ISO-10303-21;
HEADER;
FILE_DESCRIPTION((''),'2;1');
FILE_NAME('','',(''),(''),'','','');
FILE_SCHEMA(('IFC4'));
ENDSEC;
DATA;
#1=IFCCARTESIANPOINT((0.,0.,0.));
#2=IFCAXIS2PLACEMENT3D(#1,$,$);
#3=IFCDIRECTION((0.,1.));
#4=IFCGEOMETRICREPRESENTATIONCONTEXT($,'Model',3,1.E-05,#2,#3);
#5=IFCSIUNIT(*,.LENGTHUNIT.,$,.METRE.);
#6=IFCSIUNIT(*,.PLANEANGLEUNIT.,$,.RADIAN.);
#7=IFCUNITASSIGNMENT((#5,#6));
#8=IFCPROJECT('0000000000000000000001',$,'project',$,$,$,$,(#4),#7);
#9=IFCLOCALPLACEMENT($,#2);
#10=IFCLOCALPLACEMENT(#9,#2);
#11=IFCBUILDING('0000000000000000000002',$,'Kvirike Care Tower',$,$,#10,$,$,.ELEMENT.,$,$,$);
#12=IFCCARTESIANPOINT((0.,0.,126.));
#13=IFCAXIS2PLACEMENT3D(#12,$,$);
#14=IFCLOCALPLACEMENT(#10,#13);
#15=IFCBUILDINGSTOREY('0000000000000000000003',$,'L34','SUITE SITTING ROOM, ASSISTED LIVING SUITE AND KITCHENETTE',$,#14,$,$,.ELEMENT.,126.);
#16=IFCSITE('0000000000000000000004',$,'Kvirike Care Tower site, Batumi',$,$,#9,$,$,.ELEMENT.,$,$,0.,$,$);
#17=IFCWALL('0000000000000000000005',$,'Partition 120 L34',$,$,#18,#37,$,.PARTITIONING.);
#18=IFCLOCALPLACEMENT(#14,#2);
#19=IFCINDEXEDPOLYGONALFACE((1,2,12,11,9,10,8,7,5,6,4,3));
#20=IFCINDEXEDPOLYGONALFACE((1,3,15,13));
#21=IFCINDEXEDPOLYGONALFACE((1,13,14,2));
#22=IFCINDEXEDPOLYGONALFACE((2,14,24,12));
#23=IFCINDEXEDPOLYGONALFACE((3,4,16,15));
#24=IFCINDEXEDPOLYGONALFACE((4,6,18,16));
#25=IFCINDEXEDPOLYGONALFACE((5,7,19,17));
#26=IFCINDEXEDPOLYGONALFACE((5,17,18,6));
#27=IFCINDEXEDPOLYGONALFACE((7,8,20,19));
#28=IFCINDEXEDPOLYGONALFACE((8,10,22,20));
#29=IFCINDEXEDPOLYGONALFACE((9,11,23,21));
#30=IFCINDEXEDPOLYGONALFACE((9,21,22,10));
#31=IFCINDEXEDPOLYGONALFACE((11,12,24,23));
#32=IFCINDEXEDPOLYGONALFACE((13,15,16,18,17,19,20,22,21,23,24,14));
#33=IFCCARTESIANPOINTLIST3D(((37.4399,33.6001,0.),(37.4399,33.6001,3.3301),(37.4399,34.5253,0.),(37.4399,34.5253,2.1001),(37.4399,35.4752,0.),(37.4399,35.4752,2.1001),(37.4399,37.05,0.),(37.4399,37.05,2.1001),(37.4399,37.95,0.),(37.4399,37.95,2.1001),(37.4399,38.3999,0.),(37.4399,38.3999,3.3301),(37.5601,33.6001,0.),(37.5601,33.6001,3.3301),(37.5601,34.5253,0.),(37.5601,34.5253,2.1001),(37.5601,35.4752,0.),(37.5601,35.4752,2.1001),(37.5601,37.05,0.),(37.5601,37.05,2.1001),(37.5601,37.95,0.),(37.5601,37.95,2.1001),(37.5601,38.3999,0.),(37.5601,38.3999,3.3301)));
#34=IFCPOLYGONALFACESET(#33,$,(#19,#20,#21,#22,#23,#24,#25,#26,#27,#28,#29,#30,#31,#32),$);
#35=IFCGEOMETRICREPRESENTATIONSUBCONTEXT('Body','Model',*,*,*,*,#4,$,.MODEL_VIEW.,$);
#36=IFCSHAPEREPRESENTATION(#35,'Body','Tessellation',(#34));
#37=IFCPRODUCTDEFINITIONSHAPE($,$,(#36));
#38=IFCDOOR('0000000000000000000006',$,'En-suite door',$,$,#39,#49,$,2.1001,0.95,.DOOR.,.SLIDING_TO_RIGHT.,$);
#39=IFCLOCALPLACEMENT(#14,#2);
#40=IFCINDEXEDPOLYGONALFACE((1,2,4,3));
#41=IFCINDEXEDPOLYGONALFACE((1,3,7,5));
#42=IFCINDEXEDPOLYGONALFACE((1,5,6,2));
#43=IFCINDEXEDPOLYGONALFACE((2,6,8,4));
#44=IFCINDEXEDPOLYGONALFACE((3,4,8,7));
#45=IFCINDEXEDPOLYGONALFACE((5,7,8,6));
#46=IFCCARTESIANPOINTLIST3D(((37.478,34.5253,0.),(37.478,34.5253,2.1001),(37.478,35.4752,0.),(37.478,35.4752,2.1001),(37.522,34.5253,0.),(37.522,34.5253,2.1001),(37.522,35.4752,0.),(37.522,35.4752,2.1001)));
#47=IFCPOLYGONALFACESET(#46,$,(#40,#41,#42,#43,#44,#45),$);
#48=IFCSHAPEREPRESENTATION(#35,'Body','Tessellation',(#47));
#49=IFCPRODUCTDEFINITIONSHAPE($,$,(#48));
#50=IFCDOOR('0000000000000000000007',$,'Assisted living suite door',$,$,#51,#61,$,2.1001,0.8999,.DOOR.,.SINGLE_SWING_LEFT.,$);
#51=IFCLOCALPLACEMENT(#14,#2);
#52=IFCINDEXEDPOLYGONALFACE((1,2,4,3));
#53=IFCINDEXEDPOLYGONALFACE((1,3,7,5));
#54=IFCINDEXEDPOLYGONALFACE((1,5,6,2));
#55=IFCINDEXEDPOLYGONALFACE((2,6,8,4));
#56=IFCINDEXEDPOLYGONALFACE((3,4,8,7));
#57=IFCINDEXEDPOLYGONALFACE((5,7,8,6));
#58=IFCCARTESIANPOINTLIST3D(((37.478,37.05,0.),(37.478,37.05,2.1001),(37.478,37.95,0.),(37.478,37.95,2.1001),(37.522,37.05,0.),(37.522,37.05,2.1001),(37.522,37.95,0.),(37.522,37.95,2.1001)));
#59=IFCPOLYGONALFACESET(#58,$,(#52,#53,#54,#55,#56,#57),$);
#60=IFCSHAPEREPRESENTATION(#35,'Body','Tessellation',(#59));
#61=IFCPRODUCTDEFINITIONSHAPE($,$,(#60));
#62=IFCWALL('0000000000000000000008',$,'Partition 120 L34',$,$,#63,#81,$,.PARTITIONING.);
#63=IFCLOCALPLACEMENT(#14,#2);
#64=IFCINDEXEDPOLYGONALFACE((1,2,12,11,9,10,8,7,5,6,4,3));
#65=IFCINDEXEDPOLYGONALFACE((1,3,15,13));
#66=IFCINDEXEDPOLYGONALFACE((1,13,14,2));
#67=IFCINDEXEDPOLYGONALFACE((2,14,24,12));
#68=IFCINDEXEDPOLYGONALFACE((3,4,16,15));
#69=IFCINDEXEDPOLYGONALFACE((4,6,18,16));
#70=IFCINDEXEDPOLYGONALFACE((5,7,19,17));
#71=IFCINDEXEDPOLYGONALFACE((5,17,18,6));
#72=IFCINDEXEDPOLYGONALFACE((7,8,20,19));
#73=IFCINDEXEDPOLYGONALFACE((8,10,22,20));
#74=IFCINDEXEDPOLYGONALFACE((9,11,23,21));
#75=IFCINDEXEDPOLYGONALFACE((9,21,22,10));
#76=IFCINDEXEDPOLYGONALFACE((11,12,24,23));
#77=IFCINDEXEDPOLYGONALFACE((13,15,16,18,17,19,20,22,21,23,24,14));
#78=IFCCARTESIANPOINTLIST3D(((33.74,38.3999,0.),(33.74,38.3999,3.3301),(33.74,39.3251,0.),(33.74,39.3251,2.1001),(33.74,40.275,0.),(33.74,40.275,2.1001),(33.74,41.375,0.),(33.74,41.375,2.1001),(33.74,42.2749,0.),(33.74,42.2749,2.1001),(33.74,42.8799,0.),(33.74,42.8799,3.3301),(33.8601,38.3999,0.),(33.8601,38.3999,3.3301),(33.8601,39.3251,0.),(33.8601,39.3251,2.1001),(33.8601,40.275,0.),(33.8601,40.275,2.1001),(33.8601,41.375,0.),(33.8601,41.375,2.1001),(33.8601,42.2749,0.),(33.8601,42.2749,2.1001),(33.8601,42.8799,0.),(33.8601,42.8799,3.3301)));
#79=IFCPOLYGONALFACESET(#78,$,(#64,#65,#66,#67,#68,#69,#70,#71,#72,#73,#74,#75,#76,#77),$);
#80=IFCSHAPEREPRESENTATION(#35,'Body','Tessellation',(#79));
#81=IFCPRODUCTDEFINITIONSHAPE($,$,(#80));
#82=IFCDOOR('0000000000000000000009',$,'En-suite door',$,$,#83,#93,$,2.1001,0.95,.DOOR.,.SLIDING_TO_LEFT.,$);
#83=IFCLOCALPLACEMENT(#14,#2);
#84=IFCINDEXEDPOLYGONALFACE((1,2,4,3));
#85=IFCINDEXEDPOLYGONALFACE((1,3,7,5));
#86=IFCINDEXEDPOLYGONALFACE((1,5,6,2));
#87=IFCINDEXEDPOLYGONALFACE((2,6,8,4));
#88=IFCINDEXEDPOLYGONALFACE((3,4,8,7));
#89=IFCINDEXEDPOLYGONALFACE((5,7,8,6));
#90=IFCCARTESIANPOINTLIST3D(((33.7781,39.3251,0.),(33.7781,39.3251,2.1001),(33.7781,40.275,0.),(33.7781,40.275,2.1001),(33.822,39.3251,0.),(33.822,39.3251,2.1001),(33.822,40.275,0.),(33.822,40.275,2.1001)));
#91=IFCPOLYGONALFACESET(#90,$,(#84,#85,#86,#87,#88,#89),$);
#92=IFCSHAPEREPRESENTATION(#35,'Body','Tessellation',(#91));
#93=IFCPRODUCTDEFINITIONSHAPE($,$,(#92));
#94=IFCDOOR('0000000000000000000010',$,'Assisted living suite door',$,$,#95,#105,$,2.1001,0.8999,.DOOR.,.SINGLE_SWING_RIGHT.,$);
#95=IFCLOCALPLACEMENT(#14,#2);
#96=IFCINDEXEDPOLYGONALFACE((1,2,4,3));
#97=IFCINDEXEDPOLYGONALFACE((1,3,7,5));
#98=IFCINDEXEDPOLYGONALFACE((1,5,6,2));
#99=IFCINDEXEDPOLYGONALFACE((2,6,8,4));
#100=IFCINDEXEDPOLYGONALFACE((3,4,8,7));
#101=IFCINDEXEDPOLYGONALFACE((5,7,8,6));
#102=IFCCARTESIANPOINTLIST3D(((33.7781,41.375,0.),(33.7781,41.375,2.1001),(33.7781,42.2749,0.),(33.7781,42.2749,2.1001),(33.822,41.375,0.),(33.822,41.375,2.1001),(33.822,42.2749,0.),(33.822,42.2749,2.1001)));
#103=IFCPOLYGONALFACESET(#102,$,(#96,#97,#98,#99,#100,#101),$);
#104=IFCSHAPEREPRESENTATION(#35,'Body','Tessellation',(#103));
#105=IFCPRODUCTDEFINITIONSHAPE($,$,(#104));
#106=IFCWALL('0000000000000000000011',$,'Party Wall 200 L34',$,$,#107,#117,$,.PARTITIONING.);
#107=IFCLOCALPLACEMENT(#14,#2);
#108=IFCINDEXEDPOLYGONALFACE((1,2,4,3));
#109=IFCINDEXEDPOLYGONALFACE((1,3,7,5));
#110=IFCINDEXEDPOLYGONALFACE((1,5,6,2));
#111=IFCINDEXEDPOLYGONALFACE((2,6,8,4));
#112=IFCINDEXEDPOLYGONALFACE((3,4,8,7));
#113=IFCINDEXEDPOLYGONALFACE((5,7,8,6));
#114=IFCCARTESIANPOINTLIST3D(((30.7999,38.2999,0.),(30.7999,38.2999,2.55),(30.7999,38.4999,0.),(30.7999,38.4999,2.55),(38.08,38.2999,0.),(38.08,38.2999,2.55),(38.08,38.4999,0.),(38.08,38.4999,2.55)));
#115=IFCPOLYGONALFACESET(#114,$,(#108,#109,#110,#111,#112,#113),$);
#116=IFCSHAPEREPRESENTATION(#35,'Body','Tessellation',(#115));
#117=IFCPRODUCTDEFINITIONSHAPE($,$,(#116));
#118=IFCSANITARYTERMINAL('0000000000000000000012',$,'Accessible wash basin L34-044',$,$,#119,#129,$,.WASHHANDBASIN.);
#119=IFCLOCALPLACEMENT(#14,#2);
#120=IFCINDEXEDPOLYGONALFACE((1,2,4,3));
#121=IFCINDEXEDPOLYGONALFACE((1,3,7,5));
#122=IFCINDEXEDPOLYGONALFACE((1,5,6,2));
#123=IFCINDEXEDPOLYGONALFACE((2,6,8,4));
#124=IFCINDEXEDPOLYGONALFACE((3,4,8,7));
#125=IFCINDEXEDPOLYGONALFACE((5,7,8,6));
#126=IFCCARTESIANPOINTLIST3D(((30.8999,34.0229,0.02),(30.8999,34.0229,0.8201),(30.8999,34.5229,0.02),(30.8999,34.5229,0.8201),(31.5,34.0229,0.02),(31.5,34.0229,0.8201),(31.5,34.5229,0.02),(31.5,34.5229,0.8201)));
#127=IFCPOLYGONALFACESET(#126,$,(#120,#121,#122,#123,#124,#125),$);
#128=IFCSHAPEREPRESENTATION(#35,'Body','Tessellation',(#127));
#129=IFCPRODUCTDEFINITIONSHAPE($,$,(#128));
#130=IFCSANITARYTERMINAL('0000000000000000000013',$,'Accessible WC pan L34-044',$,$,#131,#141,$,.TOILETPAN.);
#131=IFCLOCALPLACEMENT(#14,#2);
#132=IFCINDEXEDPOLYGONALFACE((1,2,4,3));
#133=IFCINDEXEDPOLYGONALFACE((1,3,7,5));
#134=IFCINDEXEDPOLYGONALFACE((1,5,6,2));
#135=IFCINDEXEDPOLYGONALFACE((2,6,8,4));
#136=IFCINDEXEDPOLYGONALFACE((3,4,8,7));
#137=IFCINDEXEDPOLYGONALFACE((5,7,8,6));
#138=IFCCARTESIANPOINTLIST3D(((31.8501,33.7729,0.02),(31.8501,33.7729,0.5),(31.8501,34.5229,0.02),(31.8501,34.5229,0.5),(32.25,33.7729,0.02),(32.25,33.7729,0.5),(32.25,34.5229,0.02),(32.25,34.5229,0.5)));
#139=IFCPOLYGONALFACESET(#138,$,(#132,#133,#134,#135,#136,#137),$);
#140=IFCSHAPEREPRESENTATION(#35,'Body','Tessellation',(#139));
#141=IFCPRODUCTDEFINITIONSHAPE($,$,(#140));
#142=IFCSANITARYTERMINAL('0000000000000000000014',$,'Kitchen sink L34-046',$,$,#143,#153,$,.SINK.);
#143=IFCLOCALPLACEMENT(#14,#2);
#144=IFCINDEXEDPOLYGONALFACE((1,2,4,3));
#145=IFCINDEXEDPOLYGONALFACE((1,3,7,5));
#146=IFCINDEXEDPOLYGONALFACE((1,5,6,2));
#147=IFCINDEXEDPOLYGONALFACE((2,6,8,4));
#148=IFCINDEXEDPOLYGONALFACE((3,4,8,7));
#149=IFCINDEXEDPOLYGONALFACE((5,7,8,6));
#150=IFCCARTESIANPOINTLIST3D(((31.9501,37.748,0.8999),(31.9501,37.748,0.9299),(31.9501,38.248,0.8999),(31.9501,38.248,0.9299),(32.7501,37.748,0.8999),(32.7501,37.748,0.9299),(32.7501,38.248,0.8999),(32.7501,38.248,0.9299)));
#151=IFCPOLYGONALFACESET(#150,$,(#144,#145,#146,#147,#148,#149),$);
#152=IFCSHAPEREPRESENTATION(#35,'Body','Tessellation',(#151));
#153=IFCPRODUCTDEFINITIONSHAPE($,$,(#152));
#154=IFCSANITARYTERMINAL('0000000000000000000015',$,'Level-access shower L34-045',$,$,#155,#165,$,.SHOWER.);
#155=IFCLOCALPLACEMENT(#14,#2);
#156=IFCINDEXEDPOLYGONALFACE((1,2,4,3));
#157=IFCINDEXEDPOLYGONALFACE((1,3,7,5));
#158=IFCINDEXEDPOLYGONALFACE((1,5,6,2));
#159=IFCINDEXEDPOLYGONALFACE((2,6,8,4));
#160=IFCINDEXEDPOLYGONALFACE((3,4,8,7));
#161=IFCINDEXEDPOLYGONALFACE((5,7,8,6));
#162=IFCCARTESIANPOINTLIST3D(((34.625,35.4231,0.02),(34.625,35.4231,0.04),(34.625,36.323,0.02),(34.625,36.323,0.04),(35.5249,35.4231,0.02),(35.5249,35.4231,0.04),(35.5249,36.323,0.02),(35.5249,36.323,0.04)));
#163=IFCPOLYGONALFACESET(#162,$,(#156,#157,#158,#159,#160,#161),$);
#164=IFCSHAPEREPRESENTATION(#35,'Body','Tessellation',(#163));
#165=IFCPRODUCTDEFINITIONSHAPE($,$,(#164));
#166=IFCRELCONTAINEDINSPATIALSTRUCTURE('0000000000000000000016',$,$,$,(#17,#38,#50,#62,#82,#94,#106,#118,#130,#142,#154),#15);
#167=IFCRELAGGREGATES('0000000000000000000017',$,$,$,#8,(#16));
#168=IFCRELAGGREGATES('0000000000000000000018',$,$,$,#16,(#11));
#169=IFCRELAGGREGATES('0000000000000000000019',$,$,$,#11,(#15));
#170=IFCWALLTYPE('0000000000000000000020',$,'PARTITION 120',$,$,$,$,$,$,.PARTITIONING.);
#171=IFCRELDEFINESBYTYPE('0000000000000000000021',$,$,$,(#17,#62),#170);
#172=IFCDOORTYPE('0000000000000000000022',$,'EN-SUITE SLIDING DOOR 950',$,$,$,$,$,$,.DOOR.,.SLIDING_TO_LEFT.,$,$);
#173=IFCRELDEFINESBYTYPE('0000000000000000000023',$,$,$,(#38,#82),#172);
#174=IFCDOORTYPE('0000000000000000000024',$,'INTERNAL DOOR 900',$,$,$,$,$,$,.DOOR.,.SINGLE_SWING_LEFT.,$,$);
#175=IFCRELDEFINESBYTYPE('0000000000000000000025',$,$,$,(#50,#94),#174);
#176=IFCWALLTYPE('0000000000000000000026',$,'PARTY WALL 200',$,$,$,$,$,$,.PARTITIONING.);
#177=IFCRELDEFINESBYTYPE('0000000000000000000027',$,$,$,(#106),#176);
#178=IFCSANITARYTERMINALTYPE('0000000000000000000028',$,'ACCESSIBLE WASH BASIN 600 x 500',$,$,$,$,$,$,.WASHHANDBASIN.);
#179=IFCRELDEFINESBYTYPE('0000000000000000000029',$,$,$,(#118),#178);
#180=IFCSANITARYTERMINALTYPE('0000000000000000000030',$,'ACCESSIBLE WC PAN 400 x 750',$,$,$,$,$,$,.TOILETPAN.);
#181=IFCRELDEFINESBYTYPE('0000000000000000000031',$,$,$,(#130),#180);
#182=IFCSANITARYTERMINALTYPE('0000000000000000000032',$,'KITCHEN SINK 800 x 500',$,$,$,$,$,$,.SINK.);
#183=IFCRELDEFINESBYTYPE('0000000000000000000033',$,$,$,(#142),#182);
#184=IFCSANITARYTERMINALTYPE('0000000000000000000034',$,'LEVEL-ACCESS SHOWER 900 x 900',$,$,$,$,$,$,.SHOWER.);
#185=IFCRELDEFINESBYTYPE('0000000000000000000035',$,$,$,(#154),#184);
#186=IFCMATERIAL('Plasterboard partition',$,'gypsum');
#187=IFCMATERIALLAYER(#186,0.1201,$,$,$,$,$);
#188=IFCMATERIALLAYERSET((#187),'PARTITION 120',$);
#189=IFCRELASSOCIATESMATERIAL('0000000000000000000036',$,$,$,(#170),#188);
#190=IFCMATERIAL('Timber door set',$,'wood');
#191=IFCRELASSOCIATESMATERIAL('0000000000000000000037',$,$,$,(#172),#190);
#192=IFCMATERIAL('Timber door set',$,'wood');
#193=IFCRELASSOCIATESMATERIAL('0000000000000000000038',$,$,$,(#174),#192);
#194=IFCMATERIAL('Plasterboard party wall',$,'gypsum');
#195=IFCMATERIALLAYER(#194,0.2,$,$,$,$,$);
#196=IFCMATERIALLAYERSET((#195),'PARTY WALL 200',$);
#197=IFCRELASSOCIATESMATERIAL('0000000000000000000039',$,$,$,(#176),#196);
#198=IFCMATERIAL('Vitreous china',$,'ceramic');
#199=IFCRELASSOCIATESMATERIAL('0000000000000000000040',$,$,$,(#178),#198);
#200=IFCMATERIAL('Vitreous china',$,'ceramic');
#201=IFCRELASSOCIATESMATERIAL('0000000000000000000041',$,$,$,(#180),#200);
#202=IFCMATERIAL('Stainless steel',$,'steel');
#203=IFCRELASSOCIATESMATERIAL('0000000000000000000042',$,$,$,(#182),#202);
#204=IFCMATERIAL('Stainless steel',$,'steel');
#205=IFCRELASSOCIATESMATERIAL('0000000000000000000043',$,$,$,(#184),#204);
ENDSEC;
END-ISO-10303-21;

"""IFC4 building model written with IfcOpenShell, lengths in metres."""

from ifc_helpers import new_model, si_unit, direction, frame, frame_2d, origin, origin_2d, place, context, subcontext, project, spatial, rectangle, extrude, material, layer, layer_set, type_object, element, fill, save


model = new_model("IFC4")

# Units and contexts
model_context = context("Model", 3, precision=1e-05, world=origin(), true_north=direction((0.0, 1.0)))
body_context = subcontext(model_context, "Body", "Model", "MODEL_VIEW")
ifc_project = project(units=[si_unit("LENGTHUNIT", "METRE"), si_unit("PLANEANGLEUNIT", "RADIAN")], contexts=[model_context])

# Site, building, storey
site_placement = place(None, origin())
site = spatial("IfcSite", under=ifc_project, at=site_placement, Name="Kvirike Care Tower site, Batumi", CompositionType="ELEMENT", RefElevation=0.0)
building_placement = place(site_placement, origin())
building = spatial("IfcBuilding", under=site, at=building_placement, Name="Kvirike Care Tower", CompositionType="ELEMENT")
storey_placement = place(building_placement, frame((0.0, 0.0, 126.0)))
storey = spatial("IfcBuildingStorey", under=building, at=storey_placement, Name="L34", Description="SUITE SITTING ROOM, ASSISTED LIVING SUITE AND KITCHENETTE", CompositionType="ELEMENT", Elevation=126.0)

# Walls, openings, doors
ifc_material_1 = material(Name="Plasterboard partition", Category="gypsum")
ifc_layer_1 = layer(ifc_material_1, 0.1201)
ifc_layer_set_1 = layer_set([ifc_layer_1], Name="PARTITION 120")
wall_type_1 = type_object("IfcWallType", Name="PARTITION 120", PredefinedType="PARTITIONING", material=ifc_layer_set_1)
wall_1_placement = place(storey_placement, frame((37.5, 33.6001, 0.0), z_axis=(0.0, 0.0, 1.0), x_axis=(0.0, 1.0, 0.0)))
wall_1 = element("IfcWall", 1, at=wall_1_placement, inside=storey, type_object=wall_type_1, Name="Partition 120 L34", PredefinedType="PARTITIONING", context=body_context, shape_type="SweptSolid", body=[
    extrude(rectangle(XDim=4.7998, YDim=0.1201, at=frame_2d((2.3999, 0.0))), origin(), (0.0, 0.0, 1.0), 3.3301),
])
opening_1_placement = place(wall_1_placement, frame((3.45, 0.0, 0.0)))
opening_1 = element("IfcOpeningElement", 2, at=opening_1_placement, cuts=wall_1, PredefinedType="OPENING", context=body_context, shape_type="SweptSolid", body=[
    extrude(rectangle(XDim=0.8999, YDim=2.1001, at=frame_2d((0.45, 1.05))), frame((0.0, 0.0706, 0.0), z_axis=(0.0, -1.0, 0.0), x_axis=(1.0, 0.0, 0.0)), (0.0, 0.0, 1.0), 0.1411),
])
opening_2_placement = place(wall_1_placement, frame((0.925, 0.0, 0.0)))
opening_2 = element("IfcOpeningElement", 3, at=opening_2_placement, cuts=wall_1, PredefinedType="OPENING", context=body_context, shape_type="SweptSolid", body=[
    extrude(rectangle(XDim=0.95, YDim=2.1001, at=frame_2d((0.4751, 1.05))), frame((0.0, 0.0706, 0.0), z_axis=(0.0, -1.0, 0.0), x_axis=(1.0, 0.0, 0.0)), (0.0, 0.0, 1.0), 0.1411),
])
ifc_material_2 = material(Name="Timber door set", Category="wood")
door_type_1 = type_object("IfcDoorType", Name="EN-SUITE SLIDING DOOR 950", OperationType="SLIDING_TO_LEFT", PredefinedType="DOOR", material=ifc_material_2)
door_1_placement = place(opening_2_placement, origin())
door_1 = element("IfcDoor", 4, at=door_1_placement, inside=storey, type_object=door_type_1, Name="En-suite door", OperationType="SLIDING_TO_RIGHT", OverallHeight=2.1001, OverallWidth=0.95, PredefinedType="DOOR", context=body_context, shape_type="SweptSolid", body=[
    extrude(rectangle(XDim=0.95, YDim=2.1001, at=frame_2d((0.4751, 1.05))), frame((0.0, 0.022, 0.0), z_axis=(0.0, -1.0, 0.0), x_axis=(1.0, 0.0, 0.0)), (0.0, 0.0, 1.0), 0.0439),
])
fill(opening_2, door_1)
ifc_material_3 = material(Name="Timber door set", Category="wood")
door_type_2 = type_object("IfcDoorType", Name="INTERNAL DOOR 900", OperationType="SINGLE_SWING_LEFT", PredefinedType="DOOR", material=ifc_material_3)
door_2_placement = place(opening_1_placement, origin())
door_2 = element("IfcDoor", 5, at=door_2_placement, inside=storey, type_object=door_type_2, Name="Assisted living suite door", OperationType="SINGLE_SWING_LEFT", OverallHeight=2.1001, OverallWidth=0.8999, PredefinedType="DOOR", context=body_context, shape_type="SweptSolid", body=[
    extrude(rectangle(XDim=0.8999, YDim=2.1001, at=frame_2d((0.45, 1.05))), frame((0.0, 0.022, 0.0), z_axis=(0.0, -1.0, 0.0), x_axis=(1.0, 0.0, 0.0)), (0.0, 0.0, 1.0), 0.0439),
])
fill(opening_1, door_2)
wall_2_placement = place(storey_placement, frame((33.8, 38.3999, 0.0), z_axis=(0.0, 0.0, 1.0), x_axis=(0.0, 1.0, 0.0)))
wall_2 = element("IfcWall", 6, at=wall_2_placement, inside=storey, type_object=wall_type_1, Name="Partition 120 L34", PredefinedType="PARTITIONING", context=body_context, shape_type="SweptSolid", body=[
    extrude(rectangle(XDim=4.48, YDim=0.1201, at=frame_2d((2.24, 0.0))), origin(), (0.0, 0.0, 1.0), 3.3301),
])
opening_3_placement = place(wall_2_placement, frame((2.9751, 0.0, 0.0)))
opening_3 = element("IfcOpeningElement", 7, at=opening_3_placement, cuts=wall_2, PredefinedType="OPENING", context=body_context, shape_type="SweptSolid", body=[
    extrude(rectangle(XDim=0.8999, YDim=2.1001, at=frame_2d((0.45, 1.05))), frame((0.0, 0.0706, 0.0), z_axis=(0.0, -1.0, 0.0), x_axis=(1.0, 0.0, 0.0)), (0.0, 0.0, 1.0), 0.1411),
])
opening_4_placement = place(wall_2_placement, frame((0.925, 0.0, 0.0)))
opening_4 = element("IfcOpeningElement", 8, at=opening_4_placement, cuts=wall_2, PredefinedType="OPENING", context=body_context, shape_type="SweptSolid", body=[
    extrude(rectangle(XDim=0.95, YDim=2.1001, at=frame_2d((0.4751, 1.05))), frame((0.0, 0.0706, 0.0), z_axis=(0.0, -1.0, 0.0), x_axis=(1.0, 0.0, 0.0)), (0.0, 0.0, 1.0), 0.1411),
])
door_3_placement = place(opening_4_placement, origin())
door_3 = element("IfcDoor", 9, at=door_3_placement, inside=storey, type_object=door_type_1, Name="En-suite door", OperationType="SLIDING_TO_LEFT", OverallHeight=2.1001, OverallWidth=0.95, PredefinedType="DOOR", context=body_context, shape_type="SweptSolid", body=[
    extrude(rectangle(XDim=0.95, YDim=2.1001, at=frame_2d((0.4751, 1.05))), frame((0.0, 0.022, 0.0), z_axis=(0.0, -1.0, 0.0), x_axis=(1.0, 0.0, 0.0)), (0.0, 0.0, 1.0), 0.0439),
])
fill(opening_4, door_3)
door_4_placement = place(opening_3_placement, origin())
door_4 = element("IfcDoor", 10, at=door_4_placement, inside=storey, type_object=door_type_2, Name="Assisted living suite door", OperationType="SINGLE_SWING_RIGHT", OverallHeight=2.1001, OverallWidth=0.8999, PredefinedType="DOOR", context=body_context, shape_type="SweptSolid", body=[
    extrude(rectangle(XDim=0.8999, YDim=2.1001, at=frame_2d((0.45, 1.05))), frame((0.0, 0.022, 0.0), z_axis=(0.0, -1.0, 0.0), x_axis=(1.0, 0.0, 0.0)), (0.0, 0.0, 1.0), 0.0439),
])
fill(opening_3, door_4)

# Wall
ifc_material_4 = material(Name="Plasterboard party wall", Category="gypsum")
ifc_layer_2 = layer(ifc_material_4, 0.2)
ifc_layer_set_2 = layer_set([ifc_layer_2], Name="PARTY WALL 200")
wall_type_2 = type_object("IfcWallType", Name="PARTY WALL 200", PredefinedType="PARTITIONING", material=ifc_layer_set_2)
wall_3_placement = place(storey_placement, frame((38.0801, 38.3999, 0.0), z_axis=(0.0, 0.0, 1.0), x_axis=(-1.0, 0.0, 0.0)))
element("IfcWall", 11, at=wall_3_placement, inside=storey, type_object=wall_type_2, Name="Party Wall 200 L34", PredefinedType="PARTITIONING", context=body_context, shape_type="SweptSolid", body=[
    extrude(rectangle(XDim=7.28, YDim=0.2, at=frame_2d((3.6401, 0.0))), origin(), (0.0, 0.0, 1.0), 2.55),
])

# Sanitary terminals
ifc_material_5 = material(Name="Vitreous china", Category="ceramic")
sanitary_terminal_type_1 = type_object("IfcSanitaryTerminalType", Name="ACCESSIBLE WASH BASIN 600 x 500", PredefinedType="WASHHANDBASIN", material=ifc_material_5)
sanitary_terminal_1_placement = place(storey_placement, frame((31.2, 34.2729, 0.02), z_axis=(0.0, 0.0, 1.0), x_axis=(1.0, 0.0, 0.0)))
element("IfcSanitaryTerminal", 12, at=sanitary_terminal_1_placement, inside=storey, type_object=sanitary_terminal_type_1, Name="Accessible wash basin L34-044", PredefinedType="WASHHANDBASIN", context=body_context, shape_type="SweptSolid", body=[
    extrude(rectangle(XDim=0.6001, YDim=0.5, at=origin_2d()), origin(), (0.0, 0.0, 1.0), 0.8),
])
ifc_material_6 = material(Name="Vitreous china", Category="ceramic")
sanitary_terminal_type_2 = type_object("IfcSanitaryTerminalType", Name="ACCESSIBLE WC PAN 400 x 750", PredefinedType="TOILETPAN", material=ifc_material_6)
sanitary_terminal_2_placement = place(storey_placement, frame((32.05, 34.1479, 0.02), z_axis=(0.0, 0.0, 1.0), x_axis=(1.0, 0.0, 0.0)))
element("IfcSanitaryTerminal", 13, at=sanitary_terminal_2_placement, inside=storey, type_object=sanitary_terminal_type_2, Name="Accessible WC pan L34-044", PredefinedType="TOILETPAN", context=body_context, shape_type="SweptSolid", body=[
    extrude(rectangle(XDim=0.3999, YDim=0.75, at=origin_2d()), origin(), (0.0, 0.0, 1.0), 0.48),
])
ifc_material_7 = material(Name="Stainless steel", Category="steel")
sanitary_terminal_type_3 = type_object("IfcSanitaryTerminalType", Name="KITCHEN SINK 800 x 500", PredefinedType="SINK", material=ifc_material_7)
sanitary_terminal_3_placement = place(storey_placement, frame((32.3501, 37.998, 0.8999), z_axis=(0.0, 0.0, 1.0), x_axis=(1.0, 0.0, 0.0)))
element("IfcSanitaryTerminal", 14, at=sanitary_terminal_3_placement, inside=storey, type_object=sanitary_terminal_type_3, Name="Kitchen sink L34-046", PredefinedType="SINK", context=body_context, shape_type="SweptSolid", body=[
    extrude(rectangle(XDim=0.8, YDim=0.5, at=origin_2d()), origin(), (0.0, 0.0, 1.0), 0.03),
])
ifc_material_8 = material(Name="Stainless steel", Category="steel")
sanitary_terminal_type_4 = type_object("IfcSanitaryTerminalType", Name="LEVEL-ACCESS SHOWER 900 x 900", PredefinedType="SHOWER", material=ifc_material_8)
sanitary_terminal_4_placement = place(storey_placement, frame((35.075, 35.873, 0.02), z_axis=(0.0, 0.0, 1.0), x_axis=(1.0, 0.0, 0.0)))
element("IfcSanitaryTerminal", 15, at=sanitary_terminal_4_placement, inside=storey, type_object=sanitary_terminal_type_4, Name="Level-access shower L34-045", PredefinedType="SHOWER", context=body_context, shape_type="SweptSolid", body=[
    extrude(rectangle(XDim=0.8999, YDim=0.8999, at=origin_2d()), origin(), (0.0, 0.0, 1.0), 0.02),
])

save(model, "model.ifc")
